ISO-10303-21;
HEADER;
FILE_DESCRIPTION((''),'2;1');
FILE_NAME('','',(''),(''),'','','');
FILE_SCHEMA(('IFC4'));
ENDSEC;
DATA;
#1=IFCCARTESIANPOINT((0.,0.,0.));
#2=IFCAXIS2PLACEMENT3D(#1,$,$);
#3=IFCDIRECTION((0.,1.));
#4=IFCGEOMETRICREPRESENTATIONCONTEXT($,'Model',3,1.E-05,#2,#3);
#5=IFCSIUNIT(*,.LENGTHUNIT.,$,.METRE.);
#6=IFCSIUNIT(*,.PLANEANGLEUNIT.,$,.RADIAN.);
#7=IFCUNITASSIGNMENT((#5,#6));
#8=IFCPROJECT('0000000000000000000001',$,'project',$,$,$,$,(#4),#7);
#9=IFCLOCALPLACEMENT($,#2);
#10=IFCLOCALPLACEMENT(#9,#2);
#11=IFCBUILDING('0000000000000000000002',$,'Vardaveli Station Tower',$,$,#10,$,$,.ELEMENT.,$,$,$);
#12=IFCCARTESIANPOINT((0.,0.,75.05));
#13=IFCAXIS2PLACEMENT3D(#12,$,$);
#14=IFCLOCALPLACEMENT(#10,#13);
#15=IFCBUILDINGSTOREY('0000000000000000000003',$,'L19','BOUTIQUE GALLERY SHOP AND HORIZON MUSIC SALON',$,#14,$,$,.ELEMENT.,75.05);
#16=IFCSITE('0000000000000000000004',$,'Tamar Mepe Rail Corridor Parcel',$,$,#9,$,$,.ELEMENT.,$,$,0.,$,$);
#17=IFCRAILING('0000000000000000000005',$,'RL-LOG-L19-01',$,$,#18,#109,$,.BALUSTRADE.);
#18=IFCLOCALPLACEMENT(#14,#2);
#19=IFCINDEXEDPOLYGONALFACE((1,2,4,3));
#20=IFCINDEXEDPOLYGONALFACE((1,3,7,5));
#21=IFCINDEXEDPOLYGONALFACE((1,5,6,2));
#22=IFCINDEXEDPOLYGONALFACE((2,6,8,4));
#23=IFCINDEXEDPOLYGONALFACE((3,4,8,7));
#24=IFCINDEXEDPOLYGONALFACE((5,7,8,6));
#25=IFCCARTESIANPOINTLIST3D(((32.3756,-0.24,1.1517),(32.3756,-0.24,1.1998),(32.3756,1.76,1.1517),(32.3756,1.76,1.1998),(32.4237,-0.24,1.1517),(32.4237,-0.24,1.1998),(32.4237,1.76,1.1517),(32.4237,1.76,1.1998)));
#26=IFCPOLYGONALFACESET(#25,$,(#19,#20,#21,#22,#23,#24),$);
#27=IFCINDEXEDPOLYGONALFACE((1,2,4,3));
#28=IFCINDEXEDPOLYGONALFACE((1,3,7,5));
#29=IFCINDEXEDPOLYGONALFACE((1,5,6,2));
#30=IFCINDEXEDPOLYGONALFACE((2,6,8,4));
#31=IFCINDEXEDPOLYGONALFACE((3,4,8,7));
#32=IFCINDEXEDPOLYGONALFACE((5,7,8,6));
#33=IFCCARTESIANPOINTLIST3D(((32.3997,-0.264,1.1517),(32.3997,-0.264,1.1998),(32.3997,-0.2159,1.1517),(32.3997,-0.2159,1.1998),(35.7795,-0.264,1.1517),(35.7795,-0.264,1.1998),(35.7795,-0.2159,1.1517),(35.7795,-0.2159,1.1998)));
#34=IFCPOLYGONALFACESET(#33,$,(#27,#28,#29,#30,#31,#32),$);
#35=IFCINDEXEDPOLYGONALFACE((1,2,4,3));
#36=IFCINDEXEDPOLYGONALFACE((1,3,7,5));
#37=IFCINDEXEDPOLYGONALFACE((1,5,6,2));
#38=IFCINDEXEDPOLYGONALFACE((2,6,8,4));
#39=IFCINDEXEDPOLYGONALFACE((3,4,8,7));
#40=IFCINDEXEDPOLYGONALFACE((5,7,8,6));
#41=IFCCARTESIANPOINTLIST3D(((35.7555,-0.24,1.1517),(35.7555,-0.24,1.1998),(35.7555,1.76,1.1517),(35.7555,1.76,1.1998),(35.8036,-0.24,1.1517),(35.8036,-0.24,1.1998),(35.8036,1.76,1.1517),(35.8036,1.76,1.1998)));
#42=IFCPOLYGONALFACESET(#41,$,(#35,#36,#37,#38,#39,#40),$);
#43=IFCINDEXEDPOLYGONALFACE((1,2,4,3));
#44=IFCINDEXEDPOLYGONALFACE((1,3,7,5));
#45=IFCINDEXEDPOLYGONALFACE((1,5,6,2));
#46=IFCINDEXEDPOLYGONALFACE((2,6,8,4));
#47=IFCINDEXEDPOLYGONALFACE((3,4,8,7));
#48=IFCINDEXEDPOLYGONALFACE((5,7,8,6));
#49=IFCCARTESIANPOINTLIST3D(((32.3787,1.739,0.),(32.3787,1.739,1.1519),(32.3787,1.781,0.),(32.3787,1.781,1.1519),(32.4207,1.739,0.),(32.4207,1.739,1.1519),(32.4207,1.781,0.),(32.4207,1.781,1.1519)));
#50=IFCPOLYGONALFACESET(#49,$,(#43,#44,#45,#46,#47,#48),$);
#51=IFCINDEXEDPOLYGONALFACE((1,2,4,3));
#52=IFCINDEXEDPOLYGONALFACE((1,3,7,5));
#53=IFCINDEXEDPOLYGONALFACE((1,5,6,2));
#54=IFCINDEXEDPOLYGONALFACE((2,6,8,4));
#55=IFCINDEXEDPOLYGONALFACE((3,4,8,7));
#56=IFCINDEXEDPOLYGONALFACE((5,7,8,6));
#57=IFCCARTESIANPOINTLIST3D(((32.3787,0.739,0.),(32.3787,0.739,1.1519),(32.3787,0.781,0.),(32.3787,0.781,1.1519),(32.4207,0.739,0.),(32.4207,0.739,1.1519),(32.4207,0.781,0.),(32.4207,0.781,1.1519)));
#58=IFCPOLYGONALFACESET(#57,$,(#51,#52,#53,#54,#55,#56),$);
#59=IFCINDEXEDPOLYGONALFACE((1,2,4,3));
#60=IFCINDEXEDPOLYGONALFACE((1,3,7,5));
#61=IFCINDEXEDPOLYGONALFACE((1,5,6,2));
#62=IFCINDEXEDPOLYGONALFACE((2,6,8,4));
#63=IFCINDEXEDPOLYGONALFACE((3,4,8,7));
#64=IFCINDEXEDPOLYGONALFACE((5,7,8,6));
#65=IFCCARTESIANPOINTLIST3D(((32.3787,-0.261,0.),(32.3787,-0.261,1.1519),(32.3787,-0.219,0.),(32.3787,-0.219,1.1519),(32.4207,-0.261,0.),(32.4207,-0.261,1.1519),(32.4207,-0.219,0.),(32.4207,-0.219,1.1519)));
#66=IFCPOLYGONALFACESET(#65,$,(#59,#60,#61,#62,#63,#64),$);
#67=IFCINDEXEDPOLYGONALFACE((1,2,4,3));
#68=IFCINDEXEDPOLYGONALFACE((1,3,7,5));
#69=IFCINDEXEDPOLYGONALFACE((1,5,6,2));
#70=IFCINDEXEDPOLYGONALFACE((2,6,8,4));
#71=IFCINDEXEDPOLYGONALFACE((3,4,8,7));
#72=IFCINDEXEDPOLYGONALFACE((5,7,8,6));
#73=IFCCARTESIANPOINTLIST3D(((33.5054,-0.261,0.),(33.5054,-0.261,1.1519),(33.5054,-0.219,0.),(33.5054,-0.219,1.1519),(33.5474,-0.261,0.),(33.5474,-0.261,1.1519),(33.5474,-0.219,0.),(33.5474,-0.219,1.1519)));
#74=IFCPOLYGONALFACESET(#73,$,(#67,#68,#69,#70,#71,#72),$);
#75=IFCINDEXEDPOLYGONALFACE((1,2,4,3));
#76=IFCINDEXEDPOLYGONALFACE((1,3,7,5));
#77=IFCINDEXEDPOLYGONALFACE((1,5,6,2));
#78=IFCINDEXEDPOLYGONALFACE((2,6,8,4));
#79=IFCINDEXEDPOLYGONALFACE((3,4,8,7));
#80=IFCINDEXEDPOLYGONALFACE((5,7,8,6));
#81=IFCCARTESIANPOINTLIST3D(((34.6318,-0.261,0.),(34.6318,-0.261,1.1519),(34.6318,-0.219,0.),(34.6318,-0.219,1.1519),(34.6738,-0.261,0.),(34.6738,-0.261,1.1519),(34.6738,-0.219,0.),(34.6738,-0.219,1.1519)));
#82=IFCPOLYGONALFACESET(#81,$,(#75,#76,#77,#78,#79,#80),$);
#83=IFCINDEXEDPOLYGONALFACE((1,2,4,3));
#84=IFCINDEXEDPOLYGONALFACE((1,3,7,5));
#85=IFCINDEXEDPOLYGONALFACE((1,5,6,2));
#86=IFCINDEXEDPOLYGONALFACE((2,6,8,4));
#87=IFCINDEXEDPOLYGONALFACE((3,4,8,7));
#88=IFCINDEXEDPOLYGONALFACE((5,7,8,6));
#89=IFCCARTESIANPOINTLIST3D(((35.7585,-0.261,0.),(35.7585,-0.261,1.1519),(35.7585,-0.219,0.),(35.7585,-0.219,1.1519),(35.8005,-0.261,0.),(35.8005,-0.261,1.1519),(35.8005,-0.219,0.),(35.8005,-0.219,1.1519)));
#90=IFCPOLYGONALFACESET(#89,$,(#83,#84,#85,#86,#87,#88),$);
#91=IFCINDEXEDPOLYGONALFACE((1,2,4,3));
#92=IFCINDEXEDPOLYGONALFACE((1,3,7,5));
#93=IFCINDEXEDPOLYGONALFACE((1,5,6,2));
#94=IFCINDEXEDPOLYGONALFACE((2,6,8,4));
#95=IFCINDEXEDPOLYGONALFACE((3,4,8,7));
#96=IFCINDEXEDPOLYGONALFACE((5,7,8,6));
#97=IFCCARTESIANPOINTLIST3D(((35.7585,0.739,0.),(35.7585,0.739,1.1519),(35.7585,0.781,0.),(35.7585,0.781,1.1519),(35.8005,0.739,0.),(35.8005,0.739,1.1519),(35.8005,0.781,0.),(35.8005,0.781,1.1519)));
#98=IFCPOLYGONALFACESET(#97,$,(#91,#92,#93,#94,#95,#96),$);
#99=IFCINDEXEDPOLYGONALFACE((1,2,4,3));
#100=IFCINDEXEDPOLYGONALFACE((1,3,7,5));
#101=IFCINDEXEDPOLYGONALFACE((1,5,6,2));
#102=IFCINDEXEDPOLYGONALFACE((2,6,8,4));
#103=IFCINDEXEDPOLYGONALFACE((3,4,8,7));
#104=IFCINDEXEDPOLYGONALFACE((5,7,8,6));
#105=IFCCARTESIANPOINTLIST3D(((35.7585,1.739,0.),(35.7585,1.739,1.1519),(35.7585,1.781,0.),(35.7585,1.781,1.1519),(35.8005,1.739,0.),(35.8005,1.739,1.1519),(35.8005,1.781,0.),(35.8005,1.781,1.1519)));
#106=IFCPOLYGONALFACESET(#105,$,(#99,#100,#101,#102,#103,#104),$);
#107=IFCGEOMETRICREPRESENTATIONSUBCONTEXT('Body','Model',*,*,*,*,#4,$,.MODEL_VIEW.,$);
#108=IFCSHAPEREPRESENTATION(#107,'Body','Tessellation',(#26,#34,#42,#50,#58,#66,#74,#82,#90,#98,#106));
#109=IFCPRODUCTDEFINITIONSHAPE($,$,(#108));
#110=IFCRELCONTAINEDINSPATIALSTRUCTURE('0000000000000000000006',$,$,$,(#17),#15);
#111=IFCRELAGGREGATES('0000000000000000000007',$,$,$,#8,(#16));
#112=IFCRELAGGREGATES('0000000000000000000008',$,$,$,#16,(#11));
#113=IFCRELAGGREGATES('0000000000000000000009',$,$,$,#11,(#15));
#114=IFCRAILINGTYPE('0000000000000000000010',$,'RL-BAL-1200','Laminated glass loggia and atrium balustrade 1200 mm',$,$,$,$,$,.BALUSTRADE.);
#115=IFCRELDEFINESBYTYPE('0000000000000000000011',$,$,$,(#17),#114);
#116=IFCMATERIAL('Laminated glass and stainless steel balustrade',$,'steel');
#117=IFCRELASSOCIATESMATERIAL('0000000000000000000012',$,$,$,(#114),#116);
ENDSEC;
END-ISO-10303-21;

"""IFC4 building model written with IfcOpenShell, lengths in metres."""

from ifc_helpers import new_model, si_unit, direction, frame, origin, origin_2d, place, context, subcontext, project, spatial, rectangle, extrude, source, transform, mapped, material, type_object, element, save


model = new_model("IFC4")

# Units and contexts
model_context = context("Model", 3, precision=1e-05, world=origin(), true_north=direction((0.0, 1.0)))
body_context = subcontext(model_context, "Body", "Model", "MODEL_VIEW")
ifc_project = project(units=[si_unit("LENGTHUNIT", "METRE"), si_unit("PLANEANGLEUNIT", "RADIAN")], contexts=[model_context])

# Site, building, storey
site_placement = place(None, origin())
site = spatial("IfcSite", under=ifc_project, at=site_placement, Name="Tamar Mepe Rail Corridor Parcel", CompositionType="ELEMENT", RefElevation=0.0)
building_placement = place(site_placement, origin())
building = spatial("IfcBuilding", under=site, at=building_placement, Name="Vardaveli Station Tower", CompositionType="ELEMENT")
storey_placement = place(building_placement, frame((0.0, 0.0, 75.05)))
storey = spatial("IfcBuildingStorey", under=building, at=storey_placement, Name="L19", Description="BOUTIQUE GALLERY SHOP AND HORIZON MUSIC SALON", CompositionType="ELEMENT", Elevation=75.05)

# Railing
ifc_material_1 = material(Name="Laminated glass and stainless steel balustrade", Category="steel")
railing_type = type_object("IfcRailingType", Name="RL-BAL-1200", Description="Laminated glass loggia and atrium balustrade 1200 mm", PredefinedType="BALUSTRADE", material=ifc_material_1)
shared_shape_1 = source(origin(), body_context, "Body", "SweptSolid", [
    extrude(rectangle(XDim=0.0481, YDim=0.0481, at=origin_2d()), frame((0.0, 0.0, 1.1758), z_axis=(0.0, -1.0, 0.0), x_axis=(1.0, 0.0, 0.0)), (0.0, 0.0, 1.0), 2.0),
    extrude(rectangle(XDim=0.0481, YDim=0.0481, at=origin_2d()), frame((0.0, -2.0, 1.1758), z_axis=(1.0, 0.0, 0.0), x_axis=(0.0, 1.0, 0.0)), (0.0, 0.0, 1.0), 3.3799),
    extrude(rectangle(XDim=0.0481, YDim=0.0481, at=origin_2d()), frame((3.3799, -2.0, 1.1758), z_axis=(0.0, 1.0, 0.0), x_axis=(-1.0, 0.0, 0.0)), (0.0, 0.0, 1.0), 2.0),
    extrude(rectangle(XDim=0.042, YDim=0.042, at=origin_2d()), origin(), (0.0, 0.0, 1.0), 1.1519),
    extrude(rectangle(XDim=0.042, YDim=0.042, at=origin_2d()), frame((0.0, -1.0, 0.0)), (0.0, 0.0, 1.0), 1.1519),
    extrude(rectangle(XDim=0.042, YDim=0.042, at=origin_2d()), frame((0.0, -2.0, 0.0)), (0.0, 0.0, 1.0), 1.1519),
    extrude(rectangle(XDim=0.042, YDim=0.042, at=origin_2d()), frame((1.1267, -2.0, 0.0)), (0.0, 0.0, 1.0), 1.1519),
    extrude(rectangle(XDim=0.042, YDim=0.042, at=origin_2d()), frame((2.2532, -2.0, 0.0)), (0.0, 0.0, 1.0), 1.1519),
    extrude(rectangle(XDim=0.042, YDim=0.042, at=origin_2d()), frame((3.3799, -2.0, 0.0)), (0.0, 0.0, 1.0), 1.1519),
    extrude(rectangle(XDim=0.042, YDim=0.042, at=origin_2d()), frame((3.3799, -1.0, 0.0)), (0.0, 0.0, 1.0), 1.1519),
    extrude(rectangle(XDim=0.042, YDim=0.042, at=origin_2d()), frame((3.3799, 0.0, 0.0)), (0.0, 0.0, 1.0), 1.1519),
])
railing_1_placement = place(storey_placement, frame((32.3997, 1.76, 0.0)))
element("IfcRailing", 1, at=railing_1_placement, inside=storey, type_object=railing_type, Name="RL-LOG-L19-01", PredefinedType="BALUSTRADE", context=body_context, shape_type="MappedRepresentation", body=[
    mapped(shared_shape_1, transform((0.0, 0.0, 0.0), scale=1.0)),
])

save(model, "model.ifc")
